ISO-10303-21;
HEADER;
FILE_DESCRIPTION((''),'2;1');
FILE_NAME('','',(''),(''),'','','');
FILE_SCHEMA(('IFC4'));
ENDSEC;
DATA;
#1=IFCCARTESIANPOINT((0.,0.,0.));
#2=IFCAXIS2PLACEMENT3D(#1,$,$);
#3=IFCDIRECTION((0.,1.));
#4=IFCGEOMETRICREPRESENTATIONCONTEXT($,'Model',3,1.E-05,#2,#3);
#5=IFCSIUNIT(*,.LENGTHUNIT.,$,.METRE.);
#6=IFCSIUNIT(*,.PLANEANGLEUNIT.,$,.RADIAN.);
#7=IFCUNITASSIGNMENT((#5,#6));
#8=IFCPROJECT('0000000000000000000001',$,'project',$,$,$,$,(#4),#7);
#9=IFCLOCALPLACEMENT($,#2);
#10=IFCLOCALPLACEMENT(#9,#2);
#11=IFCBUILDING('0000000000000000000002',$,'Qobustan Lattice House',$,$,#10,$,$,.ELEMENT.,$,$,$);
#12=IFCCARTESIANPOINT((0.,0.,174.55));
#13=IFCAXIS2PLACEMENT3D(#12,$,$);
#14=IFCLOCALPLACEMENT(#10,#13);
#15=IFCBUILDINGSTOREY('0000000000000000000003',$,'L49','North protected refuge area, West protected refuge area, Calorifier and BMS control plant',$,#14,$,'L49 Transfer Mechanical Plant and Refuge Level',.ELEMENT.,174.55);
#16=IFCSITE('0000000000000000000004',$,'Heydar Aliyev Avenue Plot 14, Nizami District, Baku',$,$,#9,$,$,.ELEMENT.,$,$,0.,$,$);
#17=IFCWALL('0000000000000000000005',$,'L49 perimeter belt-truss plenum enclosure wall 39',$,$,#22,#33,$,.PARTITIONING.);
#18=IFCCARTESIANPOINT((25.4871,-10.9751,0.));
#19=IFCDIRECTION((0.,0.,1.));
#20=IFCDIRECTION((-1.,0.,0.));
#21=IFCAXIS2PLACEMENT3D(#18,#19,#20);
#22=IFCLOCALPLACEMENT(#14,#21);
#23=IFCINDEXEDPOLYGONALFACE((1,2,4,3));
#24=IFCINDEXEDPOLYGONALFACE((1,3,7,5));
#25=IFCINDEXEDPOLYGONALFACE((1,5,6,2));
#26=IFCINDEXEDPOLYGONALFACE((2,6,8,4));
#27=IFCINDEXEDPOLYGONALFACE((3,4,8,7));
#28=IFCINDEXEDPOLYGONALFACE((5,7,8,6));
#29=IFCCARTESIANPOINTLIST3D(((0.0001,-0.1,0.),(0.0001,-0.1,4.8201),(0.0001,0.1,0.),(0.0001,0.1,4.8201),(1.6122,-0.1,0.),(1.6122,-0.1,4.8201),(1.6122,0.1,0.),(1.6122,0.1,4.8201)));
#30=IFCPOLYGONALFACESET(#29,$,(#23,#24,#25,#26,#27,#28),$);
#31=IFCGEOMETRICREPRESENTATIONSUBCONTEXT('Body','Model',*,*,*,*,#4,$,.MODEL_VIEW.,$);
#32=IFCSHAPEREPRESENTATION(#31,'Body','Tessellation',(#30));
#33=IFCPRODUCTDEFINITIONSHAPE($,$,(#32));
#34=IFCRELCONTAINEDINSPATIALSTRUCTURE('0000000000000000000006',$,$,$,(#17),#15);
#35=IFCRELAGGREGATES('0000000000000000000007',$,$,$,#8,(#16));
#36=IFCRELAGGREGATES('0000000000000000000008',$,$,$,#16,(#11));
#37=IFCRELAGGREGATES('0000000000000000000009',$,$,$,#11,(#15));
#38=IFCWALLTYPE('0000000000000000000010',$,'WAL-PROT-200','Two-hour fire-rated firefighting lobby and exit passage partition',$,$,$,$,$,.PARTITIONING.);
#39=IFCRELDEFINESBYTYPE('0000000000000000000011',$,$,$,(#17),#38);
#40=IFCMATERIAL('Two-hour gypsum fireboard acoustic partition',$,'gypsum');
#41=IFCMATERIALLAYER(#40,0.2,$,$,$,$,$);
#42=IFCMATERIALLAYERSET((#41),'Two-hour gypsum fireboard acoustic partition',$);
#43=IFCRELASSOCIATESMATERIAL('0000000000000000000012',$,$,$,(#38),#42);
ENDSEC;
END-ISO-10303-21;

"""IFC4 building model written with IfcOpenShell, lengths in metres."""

from ifc_helpers import new_model, si_unit, direction, frame, frame_2d, origin, place, context, subcontext, project, spatial, rectangle, extrude, material, layer, layer_set, type_object, element, save


model = new_model("IFC4")

# Units and contexts
model_context = context("Model", 3, precision=1e-05, world=origin(), true_north=direction((0.0, 1.0)))
body_context = subcontext(model_context, "Body", "Model", "MODEL_VIEW")
ifc_project = project(units=[si_unit("LENGTHUNIT", "METRE"), si_unit("PLANEANGLEUNIT", "RADIAN")], contexts=[model_context])

# Site, building, storey
site_placement = place(None, origin())
site = spatial("IfcSite", under=ifc_project, at=site_placement, Name="Heydar Aliyev Avenue Plot 14, Nizami District, Baku", CompositionType="ELEMENT", RefElevation=0.0)
building_placement = place(site_placement, origin())
building = spatial("IfcBuilding", under=site, at=building_placement, Name="Qobustan Lattice House", CompositionType="ELEMENT")
storey_placement = place(building_placement, frame((0.0, 0.0, 174.55)))
storey = spatial("IfcBuildingStorey", under=building, at=storey_placement, Name="L49", Description="North protected refuge area, West protected refuge area, Calorifier and BMS control plant", LongName="L49 Transfer Mechanical Plant and Refuge Level", CompositionType="ELEMENT", Elevation=174.55)

# Wall
ifc_material_1 = material(Name="Two-hour gypsum fireboard acoustic partition", Category="gypsum")
ifc_layer_1 = layer(ifc_material_1, 0.2)
ifc_layer_set_1 = layer_set([ifc_layer_1], Name="Two-hour gypsum fireboard acoustic partition")
wall_type_1 = type_object("IfcWallType", Name="WAL-PROT-200", Description="Two-hour fire-rated firefighting lobby and exit passage partition", PredefinedType="PARTITIONING", material=ifc_layer_set_1)
for number, where, z_axis, x_axis, name in (
    (1, (25.4871, -10.9751, 0.0), (0.0, 0.0, 1.0), (-1.0, 0.0, 0.0), "L49 perimeter belt-truss plenum enclosure wall 39"),
):
    element("IfcWall", number, at=place(storey_placement, frame(where, z_axis=z_axis, x_axis=x_axis)), inside=storey, type_object=wall_type_1, Name=name, PredefinedType="PARTITIONING", context=body_context, shape_type="SweptSolid", body=[
        extrude(rectangle(XDim=1.6121, YDim=0.2, at=frame_2d((0.8062, 0.0))), origin(), (0.0, 0.0, 1.0), 4.8201),
    ])

save(model, "model.ifc")
